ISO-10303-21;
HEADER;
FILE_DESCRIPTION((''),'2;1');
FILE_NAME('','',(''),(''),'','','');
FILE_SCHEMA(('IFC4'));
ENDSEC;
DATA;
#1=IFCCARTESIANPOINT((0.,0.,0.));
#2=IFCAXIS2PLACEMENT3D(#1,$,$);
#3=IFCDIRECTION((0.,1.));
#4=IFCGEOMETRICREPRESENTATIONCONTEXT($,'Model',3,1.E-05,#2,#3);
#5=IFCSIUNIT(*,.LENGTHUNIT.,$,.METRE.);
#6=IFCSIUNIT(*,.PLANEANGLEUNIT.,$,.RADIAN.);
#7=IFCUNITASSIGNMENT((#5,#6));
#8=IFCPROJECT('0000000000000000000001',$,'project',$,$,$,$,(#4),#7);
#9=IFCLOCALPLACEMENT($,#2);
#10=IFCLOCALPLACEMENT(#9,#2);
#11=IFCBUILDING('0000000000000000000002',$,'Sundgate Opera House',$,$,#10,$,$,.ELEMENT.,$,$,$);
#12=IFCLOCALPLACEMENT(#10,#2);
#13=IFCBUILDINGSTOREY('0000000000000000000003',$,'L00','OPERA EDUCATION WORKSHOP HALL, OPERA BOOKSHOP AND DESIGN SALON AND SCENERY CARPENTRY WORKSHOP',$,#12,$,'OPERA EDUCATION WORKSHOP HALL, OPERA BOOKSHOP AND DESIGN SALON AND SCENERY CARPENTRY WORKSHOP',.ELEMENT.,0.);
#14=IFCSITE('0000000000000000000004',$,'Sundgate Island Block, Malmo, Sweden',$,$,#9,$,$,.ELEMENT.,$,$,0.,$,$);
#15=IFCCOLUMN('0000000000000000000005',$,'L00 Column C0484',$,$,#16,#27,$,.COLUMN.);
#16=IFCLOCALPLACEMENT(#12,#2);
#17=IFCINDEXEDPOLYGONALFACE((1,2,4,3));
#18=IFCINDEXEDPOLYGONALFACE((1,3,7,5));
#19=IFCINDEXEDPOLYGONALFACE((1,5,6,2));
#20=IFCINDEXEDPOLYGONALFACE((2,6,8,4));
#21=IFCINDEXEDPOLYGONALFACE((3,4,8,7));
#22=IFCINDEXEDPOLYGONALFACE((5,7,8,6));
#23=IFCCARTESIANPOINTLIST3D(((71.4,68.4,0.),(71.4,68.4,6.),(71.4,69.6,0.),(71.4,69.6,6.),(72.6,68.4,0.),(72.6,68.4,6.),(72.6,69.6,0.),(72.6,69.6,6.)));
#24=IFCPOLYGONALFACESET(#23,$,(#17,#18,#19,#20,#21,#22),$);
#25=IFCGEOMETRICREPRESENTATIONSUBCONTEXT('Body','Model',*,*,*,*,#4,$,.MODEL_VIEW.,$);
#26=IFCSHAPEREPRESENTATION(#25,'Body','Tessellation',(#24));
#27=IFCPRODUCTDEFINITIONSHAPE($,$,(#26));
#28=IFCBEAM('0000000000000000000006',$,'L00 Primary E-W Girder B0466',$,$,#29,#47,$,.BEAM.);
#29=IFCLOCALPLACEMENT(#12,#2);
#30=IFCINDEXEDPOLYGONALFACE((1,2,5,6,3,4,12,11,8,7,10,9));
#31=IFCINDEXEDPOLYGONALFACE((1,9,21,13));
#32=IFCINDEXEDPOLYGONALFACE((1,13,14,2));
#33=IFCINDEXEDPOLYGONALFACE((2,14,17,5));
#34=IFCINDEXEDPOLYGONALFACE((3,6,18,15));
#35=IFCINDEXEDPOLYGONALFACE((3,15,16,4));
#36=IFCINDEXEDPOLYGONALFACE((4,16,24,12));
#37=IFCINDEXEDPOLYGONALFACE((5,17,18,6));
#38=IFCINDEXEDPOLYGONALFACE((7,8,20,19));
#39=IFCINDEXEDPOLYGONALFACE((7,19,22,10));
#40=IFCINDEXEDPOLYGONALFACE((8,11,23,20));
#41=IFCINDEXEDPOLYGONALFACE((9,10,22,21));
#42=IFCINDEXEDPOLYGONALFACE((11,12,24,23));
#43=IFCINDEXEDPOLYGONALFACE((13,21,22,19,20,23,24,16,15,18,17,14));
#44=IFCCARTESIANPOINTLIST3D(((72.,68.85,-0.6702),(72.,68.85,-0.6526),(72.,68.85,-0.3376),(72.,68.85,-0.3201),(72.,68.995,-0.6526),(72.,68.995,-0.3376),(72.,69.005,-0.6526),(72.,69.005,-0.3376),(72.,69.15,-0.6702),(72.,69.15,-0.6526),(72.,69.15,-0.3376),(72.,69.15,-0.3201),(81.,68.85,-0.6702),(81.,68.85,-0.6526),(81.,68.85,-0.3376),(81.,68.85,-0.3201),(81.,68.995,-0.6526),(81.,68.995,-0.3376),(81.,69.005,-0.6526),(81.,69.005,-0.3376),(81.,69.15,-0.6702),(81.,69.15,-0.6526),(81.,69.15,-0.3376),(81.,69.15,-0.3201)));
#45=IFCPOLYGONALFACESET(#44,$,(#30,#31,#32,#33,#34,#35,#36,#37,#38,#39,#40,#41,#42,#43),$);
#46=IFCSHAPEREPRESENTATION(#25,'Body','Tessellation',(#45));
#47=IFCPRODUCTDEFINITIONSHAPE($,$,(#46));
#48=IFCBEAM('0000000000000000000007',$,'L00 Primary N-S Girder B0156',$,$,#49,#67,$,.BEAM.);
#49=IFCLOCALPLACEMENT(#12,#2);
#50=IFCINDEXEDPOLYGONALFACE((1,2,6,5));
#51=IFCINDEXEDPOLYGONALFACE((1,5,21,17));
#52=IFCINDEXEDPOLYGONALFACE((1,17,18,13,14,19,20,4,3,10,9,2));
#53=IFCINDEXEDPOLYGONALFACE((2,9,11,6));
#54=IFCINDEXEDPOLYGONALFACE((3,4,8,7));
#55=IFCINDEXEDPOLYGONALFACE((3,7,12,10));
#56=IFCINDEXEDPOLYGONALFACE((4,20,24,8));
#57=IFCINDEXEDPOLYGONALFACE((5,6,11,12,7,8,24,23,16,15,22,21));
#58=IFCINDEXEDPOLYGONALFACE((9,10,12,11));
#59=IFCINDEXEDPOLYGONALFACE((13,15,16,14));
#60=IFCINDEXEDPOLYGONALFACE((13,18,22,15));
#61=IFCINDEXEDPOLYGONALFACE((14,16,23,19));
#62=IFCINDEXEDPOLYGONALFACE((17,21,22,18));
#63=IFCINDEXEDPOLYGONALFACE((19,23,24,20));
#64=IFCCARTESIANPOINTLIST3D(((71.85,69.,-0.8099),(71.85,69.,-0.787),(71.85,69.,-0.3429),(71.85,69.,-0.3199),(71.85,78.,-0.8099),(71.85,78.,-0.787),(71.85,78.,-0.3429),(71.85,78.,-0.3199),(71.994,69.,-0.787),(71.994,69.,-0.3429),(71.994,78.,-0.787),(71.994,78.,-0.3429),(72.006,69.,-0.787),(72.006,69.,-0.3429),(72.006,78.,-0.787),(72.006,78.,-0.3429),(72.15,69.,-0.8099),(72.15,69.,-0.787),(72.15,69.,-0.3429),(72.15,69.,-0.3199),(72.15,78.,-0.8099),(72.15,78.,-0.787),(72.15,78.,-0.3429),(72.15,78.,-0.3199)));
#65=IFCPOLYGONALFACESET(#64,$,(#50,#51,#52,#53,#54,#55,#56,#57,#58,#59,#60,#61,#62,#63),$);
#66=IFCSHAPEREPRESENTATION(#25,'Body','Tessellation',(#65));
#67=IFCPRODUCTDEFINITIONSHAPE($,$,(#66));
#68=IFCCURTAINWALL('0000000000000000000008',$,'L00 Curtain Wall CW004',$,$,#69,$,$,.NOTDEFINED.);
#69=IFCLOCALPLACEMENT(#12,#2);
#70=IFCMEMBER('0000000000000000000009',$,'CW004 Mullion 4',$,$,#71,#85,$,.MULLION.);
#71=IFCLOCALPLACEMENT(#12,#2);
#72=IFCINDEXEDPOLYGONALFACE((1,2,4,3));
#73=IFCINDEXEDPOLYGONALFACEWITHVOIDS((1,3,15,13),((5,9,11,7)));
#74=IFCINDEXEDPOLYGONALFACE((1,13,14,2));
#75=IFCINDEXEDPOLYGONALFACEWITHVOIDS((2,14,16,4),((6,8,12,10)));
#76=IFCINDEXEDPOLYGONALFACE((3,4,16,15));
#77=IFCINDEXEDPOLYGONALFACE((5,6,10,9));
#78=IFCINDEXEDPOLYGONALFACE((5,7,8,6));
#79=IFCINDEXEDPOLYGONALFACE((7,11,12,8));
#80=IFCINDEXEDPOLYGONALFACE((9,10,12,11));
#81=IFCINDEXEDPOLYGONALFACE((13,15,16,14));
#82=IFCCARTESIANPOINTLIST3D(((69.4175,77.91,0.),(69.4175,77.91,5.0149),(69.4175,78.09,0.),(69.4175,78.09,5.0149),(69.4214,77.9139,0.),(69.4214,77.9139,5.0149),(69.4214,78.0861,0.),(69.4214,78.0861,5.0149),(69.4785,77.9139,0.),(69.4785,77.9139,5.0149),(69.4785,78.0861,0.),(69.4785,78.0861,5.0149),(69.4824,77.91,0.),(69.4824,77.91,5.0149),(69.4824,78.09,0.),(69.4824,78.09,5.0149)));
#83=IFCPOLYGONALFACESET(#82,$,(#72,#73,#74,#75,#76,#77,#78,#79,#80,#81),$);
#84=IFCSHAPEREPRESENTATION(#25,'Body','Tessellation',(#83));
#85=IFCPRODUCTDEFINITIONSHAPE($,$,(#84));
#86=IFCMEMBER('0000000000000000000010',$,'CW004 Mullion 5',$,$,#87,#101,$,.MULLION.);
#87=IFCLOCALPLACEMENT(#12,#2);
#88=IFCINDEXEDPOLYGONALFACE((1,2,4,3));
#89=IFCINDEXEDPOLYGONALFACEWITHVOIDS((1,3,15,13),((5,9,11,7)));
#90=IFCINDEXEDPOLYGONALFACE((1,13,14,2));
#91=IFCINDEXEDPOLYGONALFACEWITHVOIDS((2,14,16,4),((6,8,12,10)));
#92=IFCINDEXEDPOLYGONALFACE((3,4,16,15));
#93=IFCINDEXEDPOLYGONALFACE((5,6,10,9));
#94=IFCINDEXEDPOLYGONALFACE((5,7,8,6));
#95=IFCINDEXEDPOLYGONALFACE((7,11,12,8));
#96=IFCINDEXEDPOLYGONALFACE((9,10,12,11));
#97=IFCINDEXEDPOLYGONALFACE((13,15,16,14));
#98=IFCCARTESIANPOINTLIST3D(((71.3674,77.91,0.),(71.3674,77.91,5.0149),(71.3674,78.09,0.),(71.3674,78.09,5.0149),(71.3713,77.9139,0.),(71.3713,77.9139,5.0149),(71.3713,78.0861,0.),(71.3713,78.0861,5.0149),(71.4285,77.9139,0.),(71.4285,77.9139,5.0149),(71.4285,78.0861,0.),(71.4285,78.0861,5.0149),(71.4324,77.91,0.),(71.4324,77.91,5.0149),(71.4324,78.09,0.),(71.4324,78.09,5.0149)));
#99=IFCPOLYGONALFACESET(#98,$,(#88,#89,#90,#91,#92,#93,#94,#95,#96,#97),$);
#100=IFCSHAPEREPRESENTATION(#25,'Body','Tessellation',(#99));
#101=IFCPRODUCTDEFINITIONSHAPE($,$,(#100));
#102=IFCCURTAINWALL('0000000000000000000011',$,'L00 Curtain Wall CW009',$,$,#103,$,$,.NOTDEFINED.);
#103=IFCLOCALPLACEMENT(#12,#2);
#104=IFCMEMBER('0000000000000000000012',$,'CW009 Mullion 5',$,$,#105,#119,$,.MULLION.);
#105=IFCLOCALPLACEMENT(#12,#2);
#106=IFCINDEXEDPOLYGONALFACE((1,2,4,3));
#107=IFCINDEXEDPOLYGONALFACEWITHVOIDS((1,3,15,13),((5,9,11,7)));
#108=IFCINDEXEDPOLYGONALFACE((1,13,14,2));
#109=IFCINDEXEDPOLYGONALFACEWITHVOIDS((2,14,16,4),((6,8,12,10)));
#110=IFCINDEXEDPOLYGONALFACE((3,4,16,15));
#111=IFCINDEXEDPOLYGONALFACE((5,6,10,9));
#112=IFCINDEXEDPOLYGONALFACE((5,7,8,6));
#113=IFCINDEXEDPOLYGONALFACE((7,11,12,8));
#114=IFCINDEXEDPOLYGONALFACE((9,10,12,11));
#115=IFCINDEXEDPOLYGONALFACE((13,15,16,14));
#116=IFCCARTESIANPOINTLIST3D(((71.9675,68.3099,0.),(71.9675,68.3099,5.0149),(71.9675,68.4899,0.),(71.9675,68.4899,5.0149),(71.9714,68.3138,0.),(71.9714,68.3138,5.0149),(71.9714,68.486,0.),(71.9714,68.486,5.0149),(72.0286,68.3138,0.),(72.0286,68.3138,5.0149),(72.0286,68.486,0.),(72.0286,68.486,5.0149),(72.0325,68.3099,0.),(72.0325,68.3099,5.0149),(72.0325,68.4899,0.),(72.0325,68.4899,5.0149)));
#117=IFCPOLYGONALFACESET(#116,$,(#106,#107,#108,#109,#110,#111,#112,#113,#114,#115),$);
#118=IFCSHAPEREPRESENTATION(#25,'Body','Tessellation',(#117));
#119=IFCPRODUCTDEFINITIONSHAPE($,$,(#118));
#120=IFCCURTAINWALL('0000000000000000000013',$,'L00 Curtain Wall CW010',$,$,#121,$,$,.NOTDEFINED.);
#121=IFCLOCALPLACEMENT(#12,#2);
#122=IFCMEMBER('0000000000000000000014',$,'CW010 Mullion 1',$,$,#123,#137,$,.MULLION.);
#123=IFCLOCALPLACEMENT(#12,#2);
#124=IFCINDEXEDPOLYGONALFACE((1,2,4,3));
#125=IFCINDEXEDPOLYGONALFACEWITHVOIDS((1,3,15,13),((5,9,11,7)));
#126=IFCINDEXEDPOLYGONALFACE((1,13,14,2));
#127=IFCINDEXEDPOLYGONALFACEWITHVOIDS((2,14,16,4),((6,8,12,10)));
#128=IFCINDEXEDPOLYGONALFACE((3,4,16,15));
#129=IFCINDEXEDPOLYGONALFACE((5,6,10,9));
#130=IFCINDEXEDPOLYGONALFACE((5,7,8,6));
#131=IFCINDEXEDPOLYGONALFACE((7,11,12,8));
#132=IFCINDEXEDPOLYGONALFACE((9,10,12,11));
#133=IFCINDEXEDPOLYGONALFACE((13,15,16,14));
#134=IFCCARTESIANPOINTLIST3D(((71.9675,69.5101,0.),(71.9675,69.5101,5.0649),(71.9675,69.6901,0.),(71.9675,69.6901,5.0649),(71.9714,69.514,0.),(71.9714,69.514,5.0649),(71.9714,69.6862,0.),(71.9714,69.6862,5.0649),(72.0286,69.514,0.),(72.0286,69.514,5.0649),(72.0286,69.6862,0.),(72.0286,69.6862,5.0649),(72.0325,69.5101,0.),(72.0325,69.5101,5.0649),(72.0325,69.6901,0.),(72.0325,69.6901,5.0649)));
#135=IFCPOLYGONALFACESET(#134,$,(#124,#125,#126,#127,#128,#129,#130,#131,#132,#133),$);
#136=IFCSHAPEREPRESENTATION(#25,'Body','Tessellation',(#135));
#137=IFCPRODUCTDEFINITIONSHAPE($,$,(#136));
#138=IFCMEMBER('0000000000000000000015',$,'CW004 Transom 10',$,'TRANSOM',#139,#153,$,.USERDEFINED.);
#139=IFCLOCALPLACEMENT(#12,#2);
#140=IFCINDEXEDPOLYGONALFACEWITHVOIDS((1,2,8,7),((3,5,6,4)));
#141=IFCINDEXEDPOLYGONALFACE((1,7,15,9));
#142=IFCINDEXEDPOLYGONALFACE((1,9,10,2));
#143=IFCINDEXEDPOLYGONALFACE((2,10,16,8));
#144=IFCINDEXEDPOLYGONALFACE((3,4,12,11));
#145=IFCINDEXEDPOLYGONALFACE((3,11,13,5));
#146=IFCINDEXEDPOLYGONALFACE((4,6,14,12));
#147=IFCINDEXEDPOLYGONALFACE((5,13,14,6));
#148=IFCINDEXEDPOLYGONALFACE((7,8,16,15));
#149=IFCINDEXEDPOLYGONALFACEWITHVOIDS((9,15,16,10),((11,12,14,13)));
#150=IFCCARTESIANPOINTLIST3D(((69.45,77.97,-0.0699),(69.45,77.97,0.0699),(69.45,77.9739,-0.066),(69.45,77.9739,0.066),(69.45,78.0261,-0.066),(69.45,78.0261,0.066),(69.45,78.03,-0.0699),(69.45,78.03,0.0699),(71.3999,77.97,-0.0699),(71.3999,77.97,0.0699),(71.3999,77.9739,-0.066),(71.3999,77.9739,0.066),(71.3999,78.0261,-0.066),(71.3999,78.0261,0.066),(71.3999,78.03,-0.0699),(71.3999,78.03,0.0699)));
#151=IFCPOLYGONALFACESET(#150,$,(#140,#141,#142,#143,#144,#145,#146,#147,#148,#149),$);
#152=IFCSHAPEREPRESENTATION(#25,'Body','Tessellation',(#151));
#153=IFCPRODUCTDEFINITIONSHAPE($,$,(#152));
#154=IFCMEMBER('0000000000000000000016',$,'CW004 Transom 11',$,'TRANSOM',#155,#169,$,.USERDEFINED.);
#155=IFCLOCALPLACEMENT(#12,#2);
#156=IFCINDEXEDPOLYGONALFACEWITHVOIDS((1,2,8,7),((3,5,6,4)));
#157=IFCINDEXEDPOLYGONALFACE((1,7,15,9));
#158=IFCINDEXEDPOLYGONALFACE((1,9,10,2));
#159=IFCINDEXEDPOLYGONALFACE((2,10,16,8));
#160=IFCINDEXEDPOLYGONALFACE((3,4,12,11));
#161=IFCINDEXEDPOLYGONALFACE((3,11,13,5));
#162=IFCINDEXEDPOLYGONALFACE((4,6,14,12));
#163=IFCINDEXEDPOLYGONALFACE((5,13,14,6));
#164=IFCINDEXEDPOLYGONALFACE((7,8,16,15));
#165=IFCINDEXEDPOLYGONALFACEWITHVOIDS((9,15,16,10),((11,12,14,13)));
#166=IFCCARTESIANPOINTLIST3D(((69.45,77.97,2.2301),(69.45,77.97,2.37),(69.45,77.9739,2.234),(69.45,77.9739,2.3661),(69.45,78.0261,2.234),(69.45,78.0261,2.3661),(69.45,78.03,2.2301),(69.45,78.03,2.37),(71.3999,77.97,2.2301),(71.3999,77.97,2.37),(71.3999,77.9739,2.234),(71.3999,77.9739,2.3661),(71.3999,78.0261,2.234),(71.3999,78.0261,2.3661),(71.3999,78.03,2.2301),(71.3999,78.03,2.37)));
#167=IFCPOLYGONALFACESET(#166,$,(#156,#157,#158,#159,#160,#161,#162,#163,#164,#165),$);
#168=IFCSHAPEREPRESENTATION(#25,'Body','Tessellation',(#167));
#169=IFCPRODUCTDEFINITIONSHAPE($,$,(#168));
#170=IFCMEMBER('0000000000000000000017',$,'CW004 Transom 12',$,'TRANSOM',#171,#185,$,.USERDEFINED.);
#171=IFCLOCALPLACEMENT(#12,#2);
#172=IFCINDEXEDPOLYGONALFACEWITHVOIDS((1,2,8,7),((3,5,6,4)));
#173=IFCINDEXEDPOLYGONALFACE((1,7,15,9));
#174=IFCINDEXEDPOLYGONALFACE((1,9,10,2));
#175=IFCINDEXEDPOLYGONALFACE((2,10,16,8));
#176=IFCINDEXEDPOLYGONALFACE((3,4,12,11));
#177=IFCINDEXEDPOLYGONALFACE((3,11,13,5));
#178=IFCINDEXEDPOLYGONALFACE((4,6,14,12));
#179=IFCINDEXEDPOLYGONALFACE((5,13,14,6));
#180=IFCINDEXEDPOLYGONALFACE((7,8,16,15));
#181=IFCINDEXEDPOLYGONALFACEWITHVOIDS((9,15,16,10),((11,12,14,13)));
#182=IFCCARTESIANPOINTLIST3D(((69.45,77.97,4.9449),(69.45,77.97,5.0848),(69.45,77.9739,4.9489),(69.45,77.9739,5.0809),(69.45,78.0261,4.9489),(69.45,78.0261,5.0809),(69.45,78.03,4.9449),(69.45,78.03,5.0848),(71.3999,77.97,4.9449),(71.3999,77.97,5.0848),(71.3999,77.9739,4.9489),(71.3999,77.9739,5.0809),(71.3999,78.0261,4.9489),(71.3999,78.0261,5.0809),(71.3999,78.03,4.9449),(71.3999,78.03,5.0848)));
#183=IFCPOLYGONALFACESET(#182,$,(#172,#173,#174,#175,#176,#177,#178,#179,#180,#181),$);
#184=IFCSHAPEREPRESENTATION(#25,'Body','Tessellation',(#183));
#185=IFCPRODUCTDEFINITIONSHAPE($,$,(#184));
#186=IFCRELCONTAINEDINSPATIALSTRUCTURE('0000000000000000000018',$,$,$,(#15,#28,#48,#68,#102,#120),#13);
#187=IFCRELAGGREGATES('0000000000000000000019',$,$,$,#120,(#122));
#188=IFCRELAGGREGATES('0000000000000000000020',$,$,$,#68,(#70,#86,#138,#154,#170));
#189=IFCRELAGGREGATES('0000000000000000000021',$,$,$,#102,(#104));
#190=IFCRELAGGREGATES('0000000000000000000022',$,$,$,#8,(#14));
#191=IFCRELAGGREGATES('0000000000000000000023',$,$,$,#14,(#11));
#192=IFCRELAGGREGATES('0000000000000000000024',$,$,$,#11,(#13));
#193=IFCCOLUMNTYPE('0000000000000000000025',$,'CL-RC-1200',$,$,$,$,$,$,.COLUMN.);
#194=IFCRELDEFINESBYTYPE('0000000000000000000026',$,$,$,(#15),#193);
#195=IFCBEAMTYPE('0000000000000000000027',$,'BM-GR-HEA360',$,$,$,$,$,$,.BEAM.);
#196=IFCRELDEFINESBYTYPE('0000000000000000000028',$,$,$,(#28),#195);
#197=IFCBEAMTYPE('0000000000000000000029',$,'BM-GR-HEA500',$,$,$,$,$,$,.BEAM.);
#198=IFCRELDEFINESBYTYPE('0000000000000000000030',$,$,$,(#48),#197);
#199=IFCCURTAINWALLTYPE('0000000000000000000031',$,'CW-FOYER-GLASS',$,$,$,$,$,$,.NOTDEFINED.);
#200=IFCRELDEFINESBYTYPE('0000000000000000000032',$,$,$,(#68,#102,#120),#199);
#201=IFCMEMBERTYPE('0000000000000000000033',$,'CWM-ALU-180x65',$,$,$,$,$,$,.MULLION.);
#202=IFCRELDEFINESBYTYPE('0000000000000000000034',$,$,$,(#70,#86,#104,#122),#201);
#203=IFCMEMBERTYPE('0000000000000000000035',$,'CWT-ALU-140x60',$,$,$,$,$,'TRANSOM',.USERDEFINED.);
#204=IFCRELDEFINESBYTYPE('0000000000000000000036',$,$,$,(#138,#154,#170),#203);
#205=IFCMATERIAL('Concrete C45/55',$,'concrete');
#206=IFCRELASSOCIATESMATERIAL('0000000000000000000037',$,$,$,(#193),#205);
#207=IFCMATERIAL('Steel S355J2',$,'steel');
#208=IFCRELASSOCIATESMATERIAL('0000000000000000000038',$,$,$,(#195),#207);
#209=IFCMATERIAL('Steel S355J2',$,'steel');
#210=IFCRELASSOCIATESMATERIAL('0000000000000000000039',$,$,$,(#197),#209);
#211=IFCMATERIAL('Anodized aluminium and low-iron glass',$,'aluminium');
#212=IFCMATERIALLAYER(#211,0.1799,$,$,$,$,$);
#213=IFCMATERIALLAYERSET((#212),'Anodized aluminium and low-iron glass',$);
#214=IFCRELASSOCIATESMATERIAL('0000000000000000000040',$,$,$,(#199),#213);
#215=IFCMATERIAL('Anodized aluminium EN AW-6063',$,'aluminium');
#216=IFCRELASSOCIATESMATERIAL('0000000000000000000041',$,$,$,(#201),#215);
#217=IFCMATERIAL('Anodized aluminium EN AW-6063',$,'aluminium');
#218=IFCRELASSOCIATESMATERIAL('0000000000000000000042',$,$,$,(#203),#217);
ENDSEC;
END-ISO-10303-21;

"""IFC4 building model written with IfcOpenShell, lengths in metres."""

from ifc_helpers import new_model, si_unit, direction, frame, origin, origin_2d, place, context, subcontext, project, spatial, rectangle, hollow_rectangle, i_section, extrude, material, layer, layer_set, material_profile, profile_set, type_object, element, aggregate, save


model = new_model("IFC4")

# Units and contexts
model_context = context("Model", 3, precision=1e-05, world=origin(), true_north=direction((0.0, 1.0)))
body_context = subcontext(model_context, "Body", "Model", "MODEL_VIEW")
ifc_project = project(units=[si_unit("LENGTHUNIT", "METRE"), si_unit("PLANEANGLEUNIT", "RADIAN")], contexts=[model_context])

# Site, building, storey
site_placement = place(None, origin())
site = spatial("IfcSite", under=ifc_project, at=site_placement, Name="Sundgate Island Block, Malmo, Sweden", CompositionType="ELEMENT", RefElevation=0.0)
building_placement = place(site_placement, origin())
building = spatial("IfcBuilding", under=site, at=building_placement, Name="Sundgate Opera House", CompositionType="ELEMENT")
storey_placement = place(building_placement, origin())
storey = spatial("IfcBuildingStorey", under=building, at=storey_placement, Name="L00", Description="OPERA EDUCATION WORKSHOP HALL, OPERA BOOKSHOP AND DESIGN SALON AND SCENERY CARPENTRY WORKSHOP", LongName="OPERA EDUCATION WORKSHOP HALL, OPERA BOOKSHOP AND DESIGN SALON AND SCENERY CARPENTRY WORKSHOP", CompositionType="ELEMENT", Elevation=0.0)

# Column
ifc_material_1 = material(Name="Concrete C45/55", Category="concrete")
ifc_material_profile_1 = material_profile(ifc_material_1, rectangle(XDim=1.2, YDim=1.2, at=origin_2d()), Name="RC 1200x1200")
ifc_profile_set_1 = profile_set([ifc_material_profile_1], Name="Concrete C45/55")
column_type = type_object("IfcColumnType", Name="CL-RC-1200", PredefinedType="COLUMN", material=ifc_profile_set_1)
column_placement = place(storey_placement, frame((72.0, 69.0, 0.0), z_axis=(0.0, 0.0, 1.0), x_axis=(1.0, 0.0, 0.0)))
element("IfcColumn", 1, at=column_placement, inside=storey, type_object=column_type, Name="L00 Column C0484", PredefinedType="COLUMN", context=body_context, shape_type="SweptSolid", body=[
    extrude(rectangle(XDim=1.2, YDim=1.2, at=origin_2d()), origin(), (0.0, 0.0, 1.0), 6.0),
])

# Beams
ifc_material_2 = material(Name="Steel S355J2", Category="steel")
ifc_material_profile_2 = material_profile(ifc_material_2, i_section(OverallWidth=0.3, OverallDepth=0.3501, WebThickness=0.01, FlangeThickness=0.0176, at=origin_2d()), Name="HEA 360")
ifc_profile_set_2 = profile_set([ifc_material_profile_2], Name="Steel S355J2")
beam_type_1 = type_object("IfcBeamType", Name="BM-GR-HEA360", PredefinedType="BEAM", material=ifc_profile_set_2)
beam_1_placement = place(storey_placement, frame((72.0, 69.0, -0.4951), z_axis=(1.0, 0.0, 0.0), x_axis=(0.0, 1.0, 0.0)))
element("IfcBeam", 2, at=beam_1_placement, inside=storey, type_object=beam_type_1, Name="L00 Primary E-W Girder B0466", PredefinedType="BEAM", context=body_context, shape_type="SweptSolid", body=[
    extrude(i_section(OverallWidth=0.3, OverallDepth=0.3501, WebThickness=0.01, FlangeThickness=0.0176, at=origin_2d()), origin(), (0.0, 0.0, 1.0), 9.0),
])
ifc_material_3 = material(Name="Steel S355J2", Category="steel")
ifc_material_profile_3 = material_profile(ifc_material_3, i_section(OverallWidth=0.3, OverallDepth=0.49, WebThickness=0.012, FlangeThickness=0.0229, at=origin_2d()), Name="HEA 500")
ifc_profile_set_3 = profile_set([ifc_material_profile_3], Name="Steel S355J2")
beam_type_2 = type_object("IfcBeamType", Name="BM-GR-HEA500", PredefinedType="BEAM", material=ifc_profile_set_3)
beam_2_placement = place(storey_placement, frame((72.0, 69.0, -0.5649), z_axis=(0.0, 1.0, 0.0), x_axis=(-1.0, 0.0, 0.0)))
element("IfcBeam", 3, at=beam_2_placement, inside=storey, type_object=beam_type_2, Name="L00 Primary N-S Girder B0156", PredefinedType="BEAM", context=body_context, shape_type="SweptSolid", body=[
    extrude(i_section(OverallWidth=0.3, OverallDepth=0.49, WebThickness=0.012, FlangeThickness=0.0229, at=origin_2d()), origin(), (0.0, 0.0, 1.0), 9.0),
])

# Curtain wall, members
ifc_material_4 = material(Name="Anodized aluminium and low-iron glass", Category="aluminium")
ifc_layer_1 = layer(ifc_material_4, 0.1799)
ifc_layer_set_1 = layer_set([ifc_layer_1], Name="Anodized aluminium and low-iron glass")
curtain_wall_type = type_object("IfcCurtainWallType", Name="CW-FOYER-GLASS", PredefinedType="NOTDEFINED", material=ifc_layer_set_1)
curtain_wall_1_placement = place(storey_placement, origin())
curtain_wall_1 = element("IfcCurtainWall", 4, at=curtain_wall_1_placement, inside=storey, type_object=curtain_wall_type, Name="L00 Curtain Wall CW004", PredefinedType="NOTDEFINED")
ifc_material_5 = material(Name="Anodized aluminium EN AW-6063", Category="aluminium")
ifc_material_profile_4 = material_profile(ifc_material_5, hollow_rectangle(XDim=0.0649, YDim=0.1799, WallThickness=0.0039, at=origin_2d()), Name="CWM 180x65x4")
ifc_profile_set_4 = profile_set([ifc_material_profile_4], Name="Anodized aluminium EN AW-6063")
member_type_1 = type_object("IfcMemberType", Name="CWM-ALU-180x65", PredefinedType="MULLION", material=ifc_profile_set_4)
member_1_placement = place(storey_placement, frame((69.45, 78.0, 0.0), z_axis=(0.0, 0.0, 1.0), x_axis=(1.0, 0.0, 0.0)))
member_1 = element("IfcMember", 5, at=member_1_placement, type_object=member_type_1, Name="CW004 Mullion 4", PredefinedType="MULLION", context=body_context, shape_type="SweptSolid", body=[
    extrude(hollow_rectangle(XDim=0.0649, YDim=0.1799, WallThickness=0.0039, at=origin_2d()), origin(), (0.0, 0.0, 1.0), 5.0149),
])
member_2_placement = place(storey_placement, frame((71.3999, 78.0, 0.0), z_axis=(0.0, 0.0, 1.0), x_axis=(1.0, 0.0, 0.0)))
member_2 = element("IfcMember", 6, at=member_2_placement, type_object=member_type_1, Name="CW004 Mullion 5", PredefinedType="MULLION", context=body_context, shape_type="SweptSolid", body=[
    extrude(hollow_rectangle(XDim=0.0649, YDim=0.1799, WallThickness=0.0039, at=origin_2d()), origin(), (0.0, 0.0, 1.0), 5.0149),
])

# Curtain walls, members
curtain_wall_2_placement = place(storey_placement, origin())
curtain_wall_2 = element("IfcCurtainWall", 7, at=curtain_wall_2_placement, inside=storey, type_object=curtain_wall_type, Name="L00 Curtain Wall CW009", PredefinedType="NOTDEFINED")
member_3_placement = place(storey_placement, frame((72.0, 68.3999, 0.0), z_axis=(0.0, 0.0, 1.0), x_axis=(1.0, 0.0, 0.0)))
member_3 = element("IfcMember", 8, at=member_3_placement, type_object=member_type_1, Name="CW009 Mullion 5", PredefinedType="MULLION", context=body_context, shape_type="SweptSolid", body=[
    extrude(hollow_rectangle(XDim=0.0649, YDim=0.1799, WallThickness=0.0039, at=origin_2d()), origin(), (0.0, 0.0, 1.0), 5.0149),
])
curtain_wall_3_placement = place(storey_placement, origin())
curtain_wall_3 = element("IfcCurtainWall", 9, at=curtain_wall_3_placement, inside=storey, type_object=curtain_wall_type, Name="L00 Curtain Wall CW010", PredefinedType="NOTDEFINED")
member_4_placement = place(storey_placement, frame((72.0, 69.6001, 0.0), z_axis=(0.0, 0.0, 1.0), x_axis=(1.0, 0.0, 0.0)))
member_4 = element("IfcMember", 10, at=member_4_placement, type_object=member_type_1, Name="CW010 Mullion 1", PredefinedType="MULLION", context=body_context, shape_type="SweptSolid", body=[
    extrude(hollow_rectangle(XDim=0.0649, YDim=0.1799, WallThickness=0.0039, at=origin_2d()), origin(), (0.0, 0.0, 1.0), 5.0649),
])
aggregate(curtain_wall_3, [member_4])

# Members
ifc_material_6 = material(Name="Anodized aluminium EN AW-6063", Category="aluminium")
ifc_material_profile_5 = material_profile(ifc_material_6, hollow_rectangle(XDim=0.0601, YDim=0.1399, WallThickness=0.0039, at=origin_2d()), Name="CWT 140x60x4")
ifc_profile_set_5 = profile_set([ifc_material_profile_5], Name="Anodized aluminium EN AW-6063")
member_type_2 = type_object("IfcMemberType", Name="CWT-ALU-140x60", ElementType="TRANSOM", PredefinedType="USERDEFINED", material=ifc_profile_set_5)
member_5_placement = place(storey_placement, frame((69.45, 78.0, 0.0), z_axis=(1.0, 0.0, 0.0), x_axis=(0.0, 1.0, 0.0)))
member_5 = element("IfcMember", 11, at=member_5_placement, type_object=member_type_2, Name="CW004 Transom 10", ObjectType="TRANSOM", PredefinedType="USERDEFINED", context=body_context, shape_type="SweptSolid", body=[
    extrude(hollow_rectangle(XDim=0.0601, YDim=0.1399, WallThickness=0.0039, at=origin_2d()), origin(), (0.0, 0.0, 1.0), 1.95),
])
member_6_placement = place(storey_placement, frame((69.45, 78.0, 2.3), z_axis=(1.0, 0.0, 0.0), x_axis=(0.0, 1.0, 0.0)))
member_6 = element("IfcMember", 12, at=member_6_placement, type_object=member_type_2, Name="CW004 Transom 11", ObjectType="TRANSOM", PredefinedType="USERDEFINED", context=body_context, shape_type="SweptSolid", body=[
    extrude(hollow_rectangle(XDim=0.0601, YDim=0.1399, WallThickness=0.0039, at=origin_2d()), origin(), (0.0, 0.0, 1.0), 1.95),
])
member_7_placement = place(storey_placement, frame((69.45, 78.0, 5.0149), z_axis=(1.0, 0.0, 0.0), x_axis=(0.0, 1.0, 0.0)))
member_7 = element("IfcMember", 13, at=member_7_placement, type_object=member_type_2, Name="CW004 Transom 12", ObjectType="TRANSOM", PredefinedType="USERDEFINED", context=body_context, shape_type="SweptSolid", body=[
    extrude(hollow_rectangle(XDim=0.0601, YDim=0.1399, WallThickness=0.0039, at=origin_2d()), origin(), (0.0, 0.0, 1.0), 1.95),
])

aggregate(curtain_wall_1, [member_1, member_2, member_5, member_6, member_7])
aggregate(curtain_wall_2, [member_3])

save(model, "model.ifc")
